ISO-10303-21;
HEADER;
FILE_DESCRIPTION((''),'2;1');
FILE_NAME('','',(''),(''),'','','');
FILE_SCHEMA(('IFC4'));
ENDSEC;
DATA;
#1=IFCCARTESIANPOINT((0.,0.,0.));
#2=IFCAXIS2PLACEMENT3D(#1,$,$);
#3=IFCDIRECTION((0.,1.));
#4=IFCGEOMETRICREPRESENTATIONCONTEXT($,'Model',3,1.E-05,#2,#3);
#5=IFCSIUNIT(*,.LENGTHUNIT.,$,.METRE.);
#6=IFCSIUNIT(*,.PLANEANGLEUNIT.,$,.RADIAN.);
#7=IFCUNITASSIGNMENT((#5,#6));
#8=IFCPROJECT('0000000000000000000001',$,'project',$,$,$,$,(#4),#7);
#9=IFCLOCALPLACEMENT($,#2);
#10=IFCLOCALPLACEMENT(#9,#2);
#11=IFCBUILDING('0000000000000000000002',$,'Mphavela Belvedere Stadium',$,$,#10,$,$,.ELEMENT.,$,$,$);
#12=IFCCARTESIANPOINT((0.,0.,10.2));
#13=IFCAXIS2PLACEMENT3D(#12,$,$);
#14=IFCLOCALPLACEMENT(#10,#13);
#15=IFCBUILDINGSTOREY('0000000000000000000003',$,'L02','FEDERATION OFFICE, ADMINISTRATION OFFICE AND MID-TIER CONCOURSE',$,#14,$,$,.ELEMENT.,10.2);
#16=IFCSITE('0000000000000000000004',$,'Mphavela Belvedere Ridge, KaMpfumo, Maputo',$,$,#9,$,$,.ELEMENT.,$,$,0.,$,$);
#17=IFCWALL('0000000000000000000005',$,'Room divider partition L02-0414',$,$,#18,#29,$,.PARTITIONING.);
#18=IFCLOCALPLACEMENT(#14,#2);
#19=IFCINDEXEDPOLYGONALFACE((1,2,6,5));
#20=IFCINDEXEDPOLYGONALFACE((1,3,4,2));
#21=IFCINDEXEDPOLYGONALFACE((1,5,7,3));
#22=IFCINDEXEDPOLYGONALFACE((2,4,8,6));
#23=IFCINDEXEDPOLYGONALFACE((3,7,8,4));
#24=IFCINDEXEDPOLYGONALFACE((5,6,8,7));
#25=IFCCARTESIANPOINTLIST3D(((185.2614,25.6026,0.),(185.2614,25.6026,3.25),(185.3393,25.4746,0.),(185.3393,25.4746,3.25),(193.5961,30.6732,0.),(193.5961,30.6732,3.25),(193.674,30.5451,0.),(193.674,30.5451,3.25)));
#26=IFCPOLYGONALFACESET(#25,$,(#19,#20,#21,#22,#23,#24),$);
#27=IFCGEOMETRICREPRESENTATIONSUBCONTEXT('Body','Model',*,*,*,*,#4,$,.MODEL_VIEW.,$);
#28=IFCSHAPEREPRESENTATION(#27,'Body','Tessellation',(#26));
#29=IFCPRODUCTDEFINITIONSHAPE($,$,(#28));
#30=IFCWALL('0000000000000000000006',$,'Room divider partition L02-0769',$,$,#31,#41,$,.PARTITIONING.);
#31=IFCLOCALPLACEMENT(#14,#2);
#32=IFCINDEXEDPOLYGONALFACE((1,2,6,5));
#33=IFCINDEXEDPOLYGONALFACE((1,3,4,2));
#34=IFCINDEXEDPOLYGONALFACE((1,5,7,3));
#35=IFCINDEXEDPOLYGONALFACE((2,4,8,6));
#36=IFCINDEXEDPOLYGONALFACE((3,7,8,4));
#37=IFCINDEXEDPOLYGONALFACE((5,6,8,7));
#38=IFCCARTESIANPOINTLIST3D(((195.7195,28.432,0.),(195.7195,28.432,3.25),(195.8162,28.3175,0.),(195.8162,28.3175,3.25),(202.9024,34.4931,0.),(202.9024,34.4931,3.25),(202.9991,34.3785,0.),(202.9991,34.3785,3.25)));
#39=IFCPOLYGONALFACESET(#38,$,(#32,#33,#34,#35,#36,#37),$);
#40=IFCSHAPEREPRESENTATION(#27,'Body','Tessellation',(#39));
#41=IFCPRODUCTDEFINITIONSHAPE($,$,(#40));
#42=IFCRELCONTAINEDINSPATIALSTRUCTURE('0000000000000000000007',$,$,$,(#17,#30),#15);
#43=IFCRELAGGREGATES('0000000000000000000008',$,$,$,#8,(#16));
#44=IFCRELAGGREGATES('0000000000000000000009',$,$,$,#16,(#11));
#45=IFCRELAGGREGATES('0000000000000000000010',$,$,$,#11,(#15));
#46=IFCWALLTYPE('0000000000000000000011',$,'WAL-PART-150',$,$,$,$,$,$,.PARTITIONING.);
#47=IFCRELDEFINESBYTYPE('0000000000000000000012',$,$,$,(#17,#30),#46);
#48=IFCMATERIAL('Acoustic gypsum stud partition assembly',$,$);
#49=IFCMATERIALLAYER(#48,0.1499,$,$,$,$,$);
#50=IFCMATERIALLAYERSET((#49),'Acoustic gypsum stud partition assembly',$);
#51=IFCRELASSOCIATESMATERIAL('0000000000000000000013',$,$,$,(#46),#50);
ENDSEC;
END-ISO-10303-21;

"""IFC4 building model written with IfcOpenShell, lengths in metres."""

from ifc_helpers import new_model, si_unit, direction, frame, frame_2d, origin, place, context, subcontext, project, spatial, rectangle, extrude, material, layer, layer_set, type_object, element, save


model = new_model("IFC4")

# Units and contexts
model_context = context("Model", 3, precision=1e-05, world=origin(), true_north=direction((0.0, 1.0)))
body_context = subcontext(model_context, "Body", "Model", "MODEL_VIEW")
ifc_project = project(units=[si_unit("LENGTHUNIT", "METRE"), si_unit("PLANEANGLEUNIT", "RADIAN")], contexts=[model_context])

# Site, building, storey
site_placement = place(None, origin())
site = spatial("IfcSite", under=ifc_project, at=site_placement, Name="Mphavela Belvedere Ridge, KaMpfumo, Maputo", CompositionType="ELEMENT", RefElevation=0.0)
building_placement = place(site_placement, origin())
building = spatial("IfcBuilding", under=site, at=building_placement, Name="Mphavela Belvedere Stadium", CompositionType="ELEMENT")
storey_placement = place(building_placement, frame((0.0, 0.0, 10.2)))
storey = spatial("IfcBuildingStorey", under=building, at=storey_placement, Name="L02", Description="FEDERATION OFFICE, ADMINISTRATION OFFICE AND MID-TIER CONCOURSE", CompositionType="ELEMENT", Elevation=10.2)

# Walls
ifc_material_1 = material(Name="Acoustic gypsum stud partition assembly")
ifc_layer_1 = layer(ifc_material_1, 0.1499)
ifc_layer_set_1 = layer_set([ifc_layer_1], Name="Acoustic gypsum stud partition assembly")
wall_type = type_object("IfcWallType", Name="WAL-PART-150", PredefinedType="PARTITIONING", material=ifc_layer_set_1)
wall_1_placement = place(storey_placement, frame((193.635, 30.6091, 0.0), z_axis=(0.0, 0.0, 1.0), x_axis=(-0.854324, -0.519741, 0.0)))
element("IfcWall", 1, at=wall_1_placement, inside=storey, type_object=wall_type, Name="Room divider partition L02-0414", PredefinedType="PARTITIONING", context=body_context, shape_type="SweptSolid", body=[
    extrude(rectangle(XDim=9.7559, YDim=0.1499, at=frame_2d((4.8779, 0.0))), origin(), (0.0, 0.0, 1.0), 3.25),
])
wall_2_placement = place(storey_placement, frame((195.7678, 28.3748, 0.0), z_axis=(0.0, 0.0, 1.0), x_axis=(0.764265, 0.644902, 0.0)))
element("IfcWall", 2, at=wall_2_placement, inside=storey, type_object=wall_type, Name="Room divider partition L02-0769", PredefinedType="PARTITIONING", context=body_context, shape_type="SweptSolid", body=[
    extrude(rectangle(XDim=9.3984, YDim=0.1499, at=frame_2d((4.6992, 0.0))), origin(), (0.0, 0.0, 1.0), 3.25),
])

save(model, "model.ifc")
